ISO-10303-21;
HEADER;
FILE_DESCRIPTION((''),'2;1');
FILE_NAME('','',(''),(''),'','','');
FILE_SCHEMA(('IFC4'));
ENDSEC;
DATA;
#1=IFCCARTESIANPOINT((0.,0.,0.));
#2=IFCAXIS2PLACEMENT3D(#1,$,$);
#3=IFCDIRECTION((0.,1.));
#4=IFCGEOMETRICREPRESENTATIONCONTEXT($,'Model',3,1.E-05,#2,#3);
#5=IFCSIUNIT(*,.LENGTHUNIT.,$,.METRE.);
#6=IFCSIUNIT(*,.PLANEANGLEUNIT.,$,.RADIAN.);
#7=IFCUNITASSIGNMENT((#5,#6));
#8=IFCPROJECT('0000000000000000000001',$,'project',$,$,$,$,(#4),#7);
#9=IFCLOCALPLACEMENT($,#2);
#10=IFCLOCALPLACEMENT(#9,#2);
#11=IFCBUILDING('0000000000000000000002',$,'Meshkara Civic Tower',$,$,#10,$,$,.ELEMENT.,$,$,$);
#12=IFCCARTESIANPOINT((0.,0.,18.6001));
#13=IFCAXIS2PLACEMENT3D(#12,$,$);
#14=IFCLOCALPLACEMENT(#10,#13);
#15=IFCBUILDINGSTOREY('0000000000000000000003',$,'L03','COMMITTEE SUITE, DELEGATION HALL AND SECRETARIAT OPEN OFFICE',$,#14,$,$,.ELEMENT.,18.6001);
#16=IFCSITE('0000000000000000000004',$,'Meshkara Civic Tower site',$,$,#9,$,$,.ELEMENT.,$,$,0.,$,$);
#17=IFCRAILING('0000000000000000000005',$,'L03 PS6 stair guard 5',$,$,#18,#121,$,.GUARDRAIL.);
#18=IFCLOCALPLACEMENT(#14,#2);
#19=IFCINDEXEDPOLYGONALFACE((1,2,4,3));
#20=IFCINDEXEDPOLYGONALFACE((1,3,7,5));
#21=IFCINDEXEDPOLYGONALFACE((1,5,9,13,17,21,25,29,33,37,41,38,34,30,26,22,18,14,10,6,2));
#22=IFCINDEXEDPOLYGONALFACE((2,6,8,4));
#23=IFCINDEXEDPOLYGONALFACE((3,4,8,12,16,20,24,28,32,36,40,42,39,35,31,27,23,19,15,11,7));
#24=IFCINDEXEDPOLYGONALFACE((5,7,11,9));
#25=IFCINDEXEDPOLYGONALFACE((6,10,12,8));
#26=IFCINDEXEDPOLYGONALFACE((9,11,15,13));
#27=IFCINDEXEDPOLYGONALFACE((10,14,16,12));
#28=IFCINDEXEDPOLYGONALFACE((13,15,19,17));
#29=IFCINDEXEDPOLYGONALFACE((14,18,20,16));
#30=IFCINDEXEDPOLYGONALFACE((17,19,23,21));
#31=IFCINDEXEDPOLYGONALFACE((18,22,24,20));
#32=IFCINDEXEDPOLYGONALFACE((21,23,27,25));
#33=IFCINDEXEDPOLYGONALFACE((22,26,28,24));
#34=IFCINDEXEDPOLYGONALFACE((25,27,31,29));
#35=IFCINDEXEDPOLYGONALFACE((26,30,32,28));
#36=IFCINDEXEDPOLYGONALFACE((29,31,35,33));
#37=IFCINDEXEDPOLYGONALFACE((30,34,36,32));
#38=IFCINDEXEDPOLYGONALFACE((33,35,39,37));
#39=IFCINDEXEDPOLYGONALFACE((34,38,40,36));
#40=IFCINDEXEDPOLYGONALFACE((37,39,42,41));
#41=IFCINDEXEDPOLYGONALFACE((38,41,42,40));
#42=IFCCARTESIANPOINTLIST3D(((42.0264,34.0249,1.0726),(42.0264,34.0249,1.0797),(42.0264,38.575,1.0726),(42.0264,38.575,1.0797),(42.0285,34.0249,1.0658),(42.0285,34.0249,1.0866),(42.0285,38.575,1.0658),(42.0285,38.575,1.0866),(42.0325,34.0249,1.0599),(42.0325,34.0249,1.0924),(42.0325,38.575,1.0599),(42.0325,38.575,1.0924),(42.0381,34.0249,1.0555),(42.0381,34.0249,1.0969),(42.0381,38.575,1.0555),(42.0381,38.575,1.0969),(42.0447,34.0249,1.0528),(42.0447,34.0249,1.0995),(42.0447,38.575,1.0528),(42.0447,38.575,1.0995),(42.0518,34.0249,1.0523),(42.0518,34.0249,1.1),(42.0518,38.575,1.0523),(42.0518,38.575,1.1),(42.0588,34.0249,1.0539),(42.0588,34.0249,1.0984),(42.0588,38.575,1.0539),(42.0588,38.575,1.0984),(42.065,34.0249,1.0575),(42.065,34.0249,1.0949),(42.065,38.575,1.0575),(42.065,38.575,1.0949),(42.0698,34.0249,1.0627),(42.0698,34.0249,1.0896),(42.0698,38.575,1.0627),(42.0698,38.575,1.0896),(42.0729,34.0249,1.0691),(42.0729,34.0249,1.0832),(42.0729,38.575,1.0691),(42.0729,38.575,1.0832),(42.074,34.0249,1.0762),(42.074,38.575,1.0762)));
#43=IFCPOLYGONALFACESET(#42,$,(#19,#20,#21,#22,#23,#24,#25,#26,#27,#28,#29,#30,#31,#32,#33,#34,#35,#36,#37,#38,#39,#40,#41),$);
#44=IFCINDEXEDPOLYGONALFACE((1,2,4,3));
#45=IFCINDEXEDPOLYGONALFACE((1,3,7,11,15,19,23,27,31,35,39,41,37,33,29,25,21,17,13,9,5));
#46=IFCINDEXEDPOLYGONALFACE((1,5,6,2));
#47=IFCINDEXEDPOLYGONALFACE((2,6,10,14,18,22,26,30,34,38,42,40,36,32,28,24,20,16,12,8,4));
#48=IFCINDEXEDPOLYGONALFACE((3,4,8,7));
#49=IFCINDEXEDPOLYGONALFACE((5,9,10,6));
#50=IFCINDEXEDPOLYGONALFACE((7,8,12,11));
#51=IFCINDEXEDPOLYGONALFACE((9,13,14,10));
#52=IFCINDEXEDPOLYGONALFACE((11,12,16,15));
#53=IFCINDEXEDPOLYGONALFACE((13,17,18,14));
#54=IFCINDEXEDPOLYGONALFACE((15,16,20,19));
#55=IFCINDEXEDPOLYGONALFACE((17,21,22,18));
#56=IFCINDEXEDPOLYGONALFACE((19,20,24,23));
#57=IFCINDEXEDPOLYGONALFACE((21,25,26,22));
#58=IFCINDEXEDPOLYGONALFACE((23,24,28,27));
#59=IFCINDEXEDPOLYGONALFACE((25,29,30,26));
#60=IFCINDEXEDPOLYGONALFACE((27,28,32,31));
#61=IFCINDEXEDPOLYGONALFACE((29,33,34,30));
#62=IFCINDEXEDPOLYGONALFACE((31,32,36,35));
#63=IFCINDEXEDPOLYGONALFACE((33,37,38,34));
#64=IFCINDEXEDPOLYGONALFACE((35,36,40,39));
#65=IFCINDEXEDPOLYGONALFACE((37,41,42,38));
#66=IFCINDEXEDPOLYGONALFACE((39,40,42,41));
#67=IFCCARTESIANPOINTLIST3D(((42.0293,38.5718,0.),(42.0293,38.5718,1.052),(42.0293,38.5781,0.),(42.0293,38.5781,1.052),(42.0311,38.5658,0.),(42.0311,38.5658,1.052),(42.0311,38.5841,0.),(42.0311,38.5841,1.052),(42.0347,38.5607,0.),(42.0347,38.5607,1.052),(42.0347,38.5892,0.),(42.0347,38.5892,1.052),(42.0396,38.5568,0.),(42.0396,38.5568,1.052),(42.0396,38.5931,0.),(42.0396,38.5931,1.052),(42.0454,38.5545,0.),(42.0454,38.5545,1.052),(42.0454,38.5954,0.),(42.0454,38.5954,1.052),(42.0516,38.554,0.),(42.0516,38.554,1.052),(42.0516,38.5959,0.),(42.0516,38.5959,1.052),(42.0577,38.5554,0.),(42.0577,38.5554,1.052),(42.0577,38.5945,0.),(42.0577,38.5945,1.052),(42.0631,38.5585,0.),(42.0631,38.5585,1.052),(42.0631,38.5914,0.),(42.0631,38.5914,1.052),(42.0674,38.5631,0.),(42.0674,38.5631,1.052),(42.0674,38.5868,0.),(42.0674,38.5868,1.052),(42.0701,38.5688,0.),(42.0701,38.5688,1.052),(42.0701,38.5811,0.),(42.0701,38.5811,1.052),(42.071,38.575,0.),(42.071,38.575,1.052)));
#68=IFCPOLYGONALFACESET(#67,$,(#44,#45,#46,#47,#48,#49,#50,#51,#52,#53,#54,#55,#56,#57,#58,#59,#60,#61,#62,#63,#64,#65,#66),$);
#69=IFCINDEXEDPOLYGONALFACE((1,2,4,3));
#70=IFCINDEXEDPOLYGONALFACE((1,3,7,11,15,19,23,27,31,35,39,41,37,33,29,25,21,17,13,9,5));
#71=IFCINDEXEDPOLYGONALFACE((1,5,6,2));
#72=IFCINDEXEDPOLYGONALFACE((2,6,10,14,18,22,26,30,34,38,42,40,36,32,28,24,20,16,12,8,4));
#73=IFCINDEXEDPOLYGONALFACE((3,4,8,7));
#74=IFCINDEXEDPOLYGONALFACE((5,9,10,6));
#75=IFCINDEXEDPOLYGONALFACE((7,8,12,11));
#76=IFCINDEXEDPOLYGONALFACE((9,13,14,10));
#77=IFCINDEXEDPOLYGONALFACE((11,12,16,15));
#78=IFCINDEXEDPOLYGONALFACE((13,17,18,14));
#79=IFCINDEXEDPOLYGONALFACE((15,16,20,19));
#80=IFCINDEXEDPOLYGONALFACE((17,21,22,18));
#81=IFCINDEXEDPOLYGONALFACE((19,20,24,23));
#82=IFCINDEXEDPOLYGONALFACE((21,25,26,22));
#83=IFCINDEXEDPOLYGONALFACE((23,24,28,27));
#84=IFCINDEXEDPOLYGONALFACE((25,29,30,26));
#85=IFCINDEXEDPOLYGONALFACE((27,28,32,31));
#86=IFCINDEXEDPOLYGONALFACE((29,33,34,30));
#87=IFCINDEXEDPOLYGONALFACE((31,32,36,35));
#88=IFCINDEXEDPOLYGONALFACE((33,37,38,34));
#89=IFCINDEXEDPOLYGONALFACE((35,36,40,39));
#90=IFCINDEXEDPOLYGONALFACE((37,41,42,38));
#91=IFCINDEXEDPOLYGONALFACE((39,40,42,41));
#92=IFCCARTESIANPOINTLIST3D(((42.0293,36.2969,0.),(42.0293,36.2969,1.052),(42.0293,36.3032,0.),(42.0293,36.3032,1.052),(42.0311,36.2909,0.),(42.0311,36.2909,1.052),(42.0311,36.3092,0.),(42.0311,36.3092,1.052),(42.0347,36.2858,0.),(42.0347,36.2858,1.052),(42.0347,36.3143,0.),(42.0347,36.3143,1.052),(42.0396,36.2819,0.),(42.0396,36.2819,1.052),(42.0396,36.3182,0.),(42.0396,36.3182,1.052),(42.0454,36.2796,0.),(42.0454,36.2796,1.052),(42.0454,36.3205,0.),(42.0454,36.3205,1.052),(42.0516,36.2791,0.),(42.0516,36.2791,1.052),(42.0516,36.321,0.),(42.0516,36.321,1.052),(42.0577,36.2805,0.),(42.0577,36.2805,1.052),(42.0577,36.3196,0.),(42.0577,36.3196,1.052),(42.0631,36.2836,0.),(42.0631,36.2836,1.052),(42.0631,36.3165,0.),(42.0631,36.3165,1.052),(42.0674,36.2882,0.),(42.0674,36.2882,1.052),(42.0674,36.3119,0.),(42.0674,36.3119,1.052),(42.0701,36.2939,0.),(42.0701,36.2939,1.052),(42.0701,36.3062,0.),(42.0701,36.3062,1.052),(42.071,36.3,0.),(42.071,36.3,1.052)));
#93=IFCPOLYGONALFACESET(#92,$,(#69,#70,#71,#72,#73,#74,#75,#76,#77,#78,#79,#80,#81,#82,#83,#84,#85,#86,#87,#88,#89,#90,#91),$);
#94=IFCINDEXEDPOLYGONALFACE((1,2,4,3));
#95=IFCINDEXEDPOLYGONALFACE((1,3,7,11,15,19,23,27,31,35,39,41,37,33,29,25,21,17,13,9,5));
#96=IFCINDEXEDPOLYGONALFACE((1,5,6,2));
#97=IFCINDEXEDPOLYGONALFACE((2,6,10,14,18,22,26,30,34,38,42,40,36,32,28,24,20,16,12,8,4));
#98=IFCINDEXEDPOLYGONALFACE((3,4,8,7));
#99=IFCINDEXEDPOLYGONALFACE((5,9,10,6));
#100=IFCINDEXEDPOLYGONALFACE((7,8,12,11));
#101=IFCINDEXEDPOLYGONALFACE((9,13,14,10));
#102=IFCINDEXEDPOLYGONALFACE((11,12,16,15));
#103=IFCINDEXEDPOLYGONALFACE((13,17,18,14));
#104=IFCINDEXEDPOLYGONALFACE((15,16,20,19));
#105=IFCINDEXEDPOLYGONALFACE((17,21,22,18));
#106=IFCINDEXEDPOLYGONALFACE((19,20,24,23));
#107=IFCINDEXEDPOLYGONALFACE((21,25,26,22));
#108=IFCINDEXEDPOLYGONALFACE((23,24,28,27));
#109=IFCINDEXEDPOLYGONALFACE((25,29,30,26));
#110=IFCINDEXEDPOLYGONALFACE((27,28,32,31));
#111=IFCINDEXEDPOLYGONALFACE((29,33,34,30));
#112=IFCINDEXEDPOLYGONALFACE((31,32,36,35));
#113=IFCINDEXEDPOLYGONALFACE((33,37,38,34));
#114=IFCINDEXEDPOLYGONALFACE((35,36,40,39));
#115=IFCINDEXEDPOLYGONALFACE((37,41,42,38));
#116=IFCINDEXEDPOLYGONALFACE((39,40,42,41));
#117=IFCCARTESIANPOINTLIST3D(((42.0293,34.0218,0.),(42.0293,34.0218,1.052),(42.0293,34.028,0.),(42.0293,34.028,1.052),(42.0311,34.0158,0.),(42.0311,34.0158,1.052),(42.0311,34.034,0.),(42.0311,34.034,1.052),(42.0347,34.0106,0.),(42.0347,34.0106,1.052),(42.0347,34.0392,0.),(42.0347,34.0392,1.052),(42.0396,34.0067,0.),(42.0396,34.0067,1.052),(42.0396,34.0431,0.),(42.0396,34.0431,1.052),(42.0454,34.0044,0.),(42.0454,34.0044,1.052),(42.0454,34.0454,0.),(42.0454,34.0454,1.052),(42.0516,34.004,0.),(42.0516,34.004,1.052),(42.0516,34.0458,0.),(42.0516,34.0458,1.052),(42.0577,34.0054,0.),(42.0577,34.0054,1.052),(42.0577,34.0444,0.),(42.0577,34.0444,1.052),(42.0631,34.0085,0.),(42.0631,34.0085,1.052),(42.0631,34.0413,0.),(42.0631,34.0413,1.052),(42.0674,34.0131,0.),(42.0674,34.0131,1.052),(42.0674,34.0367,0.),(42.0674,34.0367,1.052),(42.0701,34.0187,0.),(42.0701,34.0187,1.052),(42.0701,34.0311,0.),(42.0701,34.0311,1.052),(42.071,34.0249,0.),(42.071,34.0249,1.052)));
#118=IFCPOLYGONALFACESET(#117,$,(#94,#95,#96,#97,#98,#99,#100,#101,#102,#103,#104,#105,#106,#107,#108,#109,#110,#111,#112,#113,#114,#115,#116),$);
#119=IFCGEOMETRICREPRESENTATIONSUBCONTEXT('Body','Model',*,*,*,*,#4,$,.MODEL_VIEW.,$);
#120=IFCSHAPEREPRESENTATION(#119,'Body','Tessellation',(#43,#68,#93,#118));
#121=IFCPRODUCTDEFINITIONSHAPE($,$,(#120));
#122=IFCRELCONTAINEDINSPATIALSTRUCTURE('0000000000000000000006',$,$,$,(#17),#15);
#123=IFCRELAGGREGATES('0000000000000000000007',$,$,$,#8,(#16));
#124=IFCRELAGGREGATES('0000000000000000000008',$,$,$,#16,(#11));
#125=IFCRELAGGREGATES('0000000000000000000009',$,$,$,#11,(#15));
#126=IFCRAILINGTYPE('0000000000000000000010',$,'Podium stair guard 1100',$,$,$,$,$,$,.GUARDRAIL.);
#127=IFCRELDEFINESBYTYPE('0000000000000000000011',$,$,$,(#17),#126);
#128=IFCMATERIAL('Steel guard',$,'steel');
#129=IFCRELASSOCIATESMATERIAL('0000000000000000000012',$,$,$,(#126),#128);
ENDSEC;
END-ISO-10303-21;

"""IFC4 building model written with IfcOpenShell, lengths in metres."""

from ifc_helpers import new_model, si_unit, direction, frame, origin, origin_2d, place, context, subcontext, project, spatial, circle, extrude, material, type_object, element, save


model = new_model("IFC4")

# Units and contexts
model_context = context("Model", 3, precision=1e-05, world=origin(), true_north=direction((0.0, 1.0)))
body_context = subcontext(model_context, "Body", "Model", "MODEL_VIEW")
ifc_project = project(units=[si_unit("LENGTHUNIT", "METRE"), si_unit("PLANEANGLEUNIT", "RADIAN")], contexts=[model_context])

# Site, building, storey
site_placement = place(None, origin())
site = spatial("IfcSite", under=ifc_project, at=site_placement, Name="Meshkara Civic Tower site", CompositionType="ELEMENT", RefElevation=0.0)
building_placement = place(site_placement, origin())
building = spatial("IfcBuilding", under=site, at=building_placement, Name="Meshkara Civic Tower", CompositionType="ELEMENT")
storey_placement = place(building_placement, frame((0.0, 0.0, 18.6001)))
storey = spatial("IfcBuildingStorey", under=building, at=storey_placement, Name="L03", Description="COMMITTEE SUITE, DELEGATION HALL AND SECRETARIAT OPEN OFFICE", CompositionType="ELEMENT", Elevation=18.6001)

# Railing
ifc_material_1 = material(Name="Steel guard", Category="steel")
railing_type_1 = type_object("IfcRailingType", Name="Podium stair guard 1100", PredefinedType="GUARDRAIL", material=ifc_material_1)
railing_1_placement = place(storey_placement, frame((42.05, 38.575, 0.0)))
element("IfcRailing", 1, at=railing_1_placement, inside=storey, type_object=railing_type_1, Name="L03 PS6 stair guard 5", PredefinedType="GUARDRAIL", context=body_context, shape_type="SweptSolid", body=[
    extrude(circle(Radius=0.0239, at=origin_2d()), frame((0.0, 0.0, 1.0762), z_axis=(0.0, -1.0, 0.0), x_axis=(1.0, 0.0, 0.0)), (0.0, 0.0, 1.0), 4.55),
    extrude(circle(Radius=0.021, at=origin_2d()), origin(), (0.0, 0.0, 1.0), 1.052),
    extrude(circle(Radius=0.021, at=origin_2d()), frame((0.0, -2.2749, 0.0)), (0.0, 0.0, 1.0), 1.052),
    extrude(circle(Radius=0.021, at=origin_2d()), frame((0.0, -4.55, 0.0)), (0.0, 0.0, 1.0), 1.052),
])

save(model, "model.ifc")
